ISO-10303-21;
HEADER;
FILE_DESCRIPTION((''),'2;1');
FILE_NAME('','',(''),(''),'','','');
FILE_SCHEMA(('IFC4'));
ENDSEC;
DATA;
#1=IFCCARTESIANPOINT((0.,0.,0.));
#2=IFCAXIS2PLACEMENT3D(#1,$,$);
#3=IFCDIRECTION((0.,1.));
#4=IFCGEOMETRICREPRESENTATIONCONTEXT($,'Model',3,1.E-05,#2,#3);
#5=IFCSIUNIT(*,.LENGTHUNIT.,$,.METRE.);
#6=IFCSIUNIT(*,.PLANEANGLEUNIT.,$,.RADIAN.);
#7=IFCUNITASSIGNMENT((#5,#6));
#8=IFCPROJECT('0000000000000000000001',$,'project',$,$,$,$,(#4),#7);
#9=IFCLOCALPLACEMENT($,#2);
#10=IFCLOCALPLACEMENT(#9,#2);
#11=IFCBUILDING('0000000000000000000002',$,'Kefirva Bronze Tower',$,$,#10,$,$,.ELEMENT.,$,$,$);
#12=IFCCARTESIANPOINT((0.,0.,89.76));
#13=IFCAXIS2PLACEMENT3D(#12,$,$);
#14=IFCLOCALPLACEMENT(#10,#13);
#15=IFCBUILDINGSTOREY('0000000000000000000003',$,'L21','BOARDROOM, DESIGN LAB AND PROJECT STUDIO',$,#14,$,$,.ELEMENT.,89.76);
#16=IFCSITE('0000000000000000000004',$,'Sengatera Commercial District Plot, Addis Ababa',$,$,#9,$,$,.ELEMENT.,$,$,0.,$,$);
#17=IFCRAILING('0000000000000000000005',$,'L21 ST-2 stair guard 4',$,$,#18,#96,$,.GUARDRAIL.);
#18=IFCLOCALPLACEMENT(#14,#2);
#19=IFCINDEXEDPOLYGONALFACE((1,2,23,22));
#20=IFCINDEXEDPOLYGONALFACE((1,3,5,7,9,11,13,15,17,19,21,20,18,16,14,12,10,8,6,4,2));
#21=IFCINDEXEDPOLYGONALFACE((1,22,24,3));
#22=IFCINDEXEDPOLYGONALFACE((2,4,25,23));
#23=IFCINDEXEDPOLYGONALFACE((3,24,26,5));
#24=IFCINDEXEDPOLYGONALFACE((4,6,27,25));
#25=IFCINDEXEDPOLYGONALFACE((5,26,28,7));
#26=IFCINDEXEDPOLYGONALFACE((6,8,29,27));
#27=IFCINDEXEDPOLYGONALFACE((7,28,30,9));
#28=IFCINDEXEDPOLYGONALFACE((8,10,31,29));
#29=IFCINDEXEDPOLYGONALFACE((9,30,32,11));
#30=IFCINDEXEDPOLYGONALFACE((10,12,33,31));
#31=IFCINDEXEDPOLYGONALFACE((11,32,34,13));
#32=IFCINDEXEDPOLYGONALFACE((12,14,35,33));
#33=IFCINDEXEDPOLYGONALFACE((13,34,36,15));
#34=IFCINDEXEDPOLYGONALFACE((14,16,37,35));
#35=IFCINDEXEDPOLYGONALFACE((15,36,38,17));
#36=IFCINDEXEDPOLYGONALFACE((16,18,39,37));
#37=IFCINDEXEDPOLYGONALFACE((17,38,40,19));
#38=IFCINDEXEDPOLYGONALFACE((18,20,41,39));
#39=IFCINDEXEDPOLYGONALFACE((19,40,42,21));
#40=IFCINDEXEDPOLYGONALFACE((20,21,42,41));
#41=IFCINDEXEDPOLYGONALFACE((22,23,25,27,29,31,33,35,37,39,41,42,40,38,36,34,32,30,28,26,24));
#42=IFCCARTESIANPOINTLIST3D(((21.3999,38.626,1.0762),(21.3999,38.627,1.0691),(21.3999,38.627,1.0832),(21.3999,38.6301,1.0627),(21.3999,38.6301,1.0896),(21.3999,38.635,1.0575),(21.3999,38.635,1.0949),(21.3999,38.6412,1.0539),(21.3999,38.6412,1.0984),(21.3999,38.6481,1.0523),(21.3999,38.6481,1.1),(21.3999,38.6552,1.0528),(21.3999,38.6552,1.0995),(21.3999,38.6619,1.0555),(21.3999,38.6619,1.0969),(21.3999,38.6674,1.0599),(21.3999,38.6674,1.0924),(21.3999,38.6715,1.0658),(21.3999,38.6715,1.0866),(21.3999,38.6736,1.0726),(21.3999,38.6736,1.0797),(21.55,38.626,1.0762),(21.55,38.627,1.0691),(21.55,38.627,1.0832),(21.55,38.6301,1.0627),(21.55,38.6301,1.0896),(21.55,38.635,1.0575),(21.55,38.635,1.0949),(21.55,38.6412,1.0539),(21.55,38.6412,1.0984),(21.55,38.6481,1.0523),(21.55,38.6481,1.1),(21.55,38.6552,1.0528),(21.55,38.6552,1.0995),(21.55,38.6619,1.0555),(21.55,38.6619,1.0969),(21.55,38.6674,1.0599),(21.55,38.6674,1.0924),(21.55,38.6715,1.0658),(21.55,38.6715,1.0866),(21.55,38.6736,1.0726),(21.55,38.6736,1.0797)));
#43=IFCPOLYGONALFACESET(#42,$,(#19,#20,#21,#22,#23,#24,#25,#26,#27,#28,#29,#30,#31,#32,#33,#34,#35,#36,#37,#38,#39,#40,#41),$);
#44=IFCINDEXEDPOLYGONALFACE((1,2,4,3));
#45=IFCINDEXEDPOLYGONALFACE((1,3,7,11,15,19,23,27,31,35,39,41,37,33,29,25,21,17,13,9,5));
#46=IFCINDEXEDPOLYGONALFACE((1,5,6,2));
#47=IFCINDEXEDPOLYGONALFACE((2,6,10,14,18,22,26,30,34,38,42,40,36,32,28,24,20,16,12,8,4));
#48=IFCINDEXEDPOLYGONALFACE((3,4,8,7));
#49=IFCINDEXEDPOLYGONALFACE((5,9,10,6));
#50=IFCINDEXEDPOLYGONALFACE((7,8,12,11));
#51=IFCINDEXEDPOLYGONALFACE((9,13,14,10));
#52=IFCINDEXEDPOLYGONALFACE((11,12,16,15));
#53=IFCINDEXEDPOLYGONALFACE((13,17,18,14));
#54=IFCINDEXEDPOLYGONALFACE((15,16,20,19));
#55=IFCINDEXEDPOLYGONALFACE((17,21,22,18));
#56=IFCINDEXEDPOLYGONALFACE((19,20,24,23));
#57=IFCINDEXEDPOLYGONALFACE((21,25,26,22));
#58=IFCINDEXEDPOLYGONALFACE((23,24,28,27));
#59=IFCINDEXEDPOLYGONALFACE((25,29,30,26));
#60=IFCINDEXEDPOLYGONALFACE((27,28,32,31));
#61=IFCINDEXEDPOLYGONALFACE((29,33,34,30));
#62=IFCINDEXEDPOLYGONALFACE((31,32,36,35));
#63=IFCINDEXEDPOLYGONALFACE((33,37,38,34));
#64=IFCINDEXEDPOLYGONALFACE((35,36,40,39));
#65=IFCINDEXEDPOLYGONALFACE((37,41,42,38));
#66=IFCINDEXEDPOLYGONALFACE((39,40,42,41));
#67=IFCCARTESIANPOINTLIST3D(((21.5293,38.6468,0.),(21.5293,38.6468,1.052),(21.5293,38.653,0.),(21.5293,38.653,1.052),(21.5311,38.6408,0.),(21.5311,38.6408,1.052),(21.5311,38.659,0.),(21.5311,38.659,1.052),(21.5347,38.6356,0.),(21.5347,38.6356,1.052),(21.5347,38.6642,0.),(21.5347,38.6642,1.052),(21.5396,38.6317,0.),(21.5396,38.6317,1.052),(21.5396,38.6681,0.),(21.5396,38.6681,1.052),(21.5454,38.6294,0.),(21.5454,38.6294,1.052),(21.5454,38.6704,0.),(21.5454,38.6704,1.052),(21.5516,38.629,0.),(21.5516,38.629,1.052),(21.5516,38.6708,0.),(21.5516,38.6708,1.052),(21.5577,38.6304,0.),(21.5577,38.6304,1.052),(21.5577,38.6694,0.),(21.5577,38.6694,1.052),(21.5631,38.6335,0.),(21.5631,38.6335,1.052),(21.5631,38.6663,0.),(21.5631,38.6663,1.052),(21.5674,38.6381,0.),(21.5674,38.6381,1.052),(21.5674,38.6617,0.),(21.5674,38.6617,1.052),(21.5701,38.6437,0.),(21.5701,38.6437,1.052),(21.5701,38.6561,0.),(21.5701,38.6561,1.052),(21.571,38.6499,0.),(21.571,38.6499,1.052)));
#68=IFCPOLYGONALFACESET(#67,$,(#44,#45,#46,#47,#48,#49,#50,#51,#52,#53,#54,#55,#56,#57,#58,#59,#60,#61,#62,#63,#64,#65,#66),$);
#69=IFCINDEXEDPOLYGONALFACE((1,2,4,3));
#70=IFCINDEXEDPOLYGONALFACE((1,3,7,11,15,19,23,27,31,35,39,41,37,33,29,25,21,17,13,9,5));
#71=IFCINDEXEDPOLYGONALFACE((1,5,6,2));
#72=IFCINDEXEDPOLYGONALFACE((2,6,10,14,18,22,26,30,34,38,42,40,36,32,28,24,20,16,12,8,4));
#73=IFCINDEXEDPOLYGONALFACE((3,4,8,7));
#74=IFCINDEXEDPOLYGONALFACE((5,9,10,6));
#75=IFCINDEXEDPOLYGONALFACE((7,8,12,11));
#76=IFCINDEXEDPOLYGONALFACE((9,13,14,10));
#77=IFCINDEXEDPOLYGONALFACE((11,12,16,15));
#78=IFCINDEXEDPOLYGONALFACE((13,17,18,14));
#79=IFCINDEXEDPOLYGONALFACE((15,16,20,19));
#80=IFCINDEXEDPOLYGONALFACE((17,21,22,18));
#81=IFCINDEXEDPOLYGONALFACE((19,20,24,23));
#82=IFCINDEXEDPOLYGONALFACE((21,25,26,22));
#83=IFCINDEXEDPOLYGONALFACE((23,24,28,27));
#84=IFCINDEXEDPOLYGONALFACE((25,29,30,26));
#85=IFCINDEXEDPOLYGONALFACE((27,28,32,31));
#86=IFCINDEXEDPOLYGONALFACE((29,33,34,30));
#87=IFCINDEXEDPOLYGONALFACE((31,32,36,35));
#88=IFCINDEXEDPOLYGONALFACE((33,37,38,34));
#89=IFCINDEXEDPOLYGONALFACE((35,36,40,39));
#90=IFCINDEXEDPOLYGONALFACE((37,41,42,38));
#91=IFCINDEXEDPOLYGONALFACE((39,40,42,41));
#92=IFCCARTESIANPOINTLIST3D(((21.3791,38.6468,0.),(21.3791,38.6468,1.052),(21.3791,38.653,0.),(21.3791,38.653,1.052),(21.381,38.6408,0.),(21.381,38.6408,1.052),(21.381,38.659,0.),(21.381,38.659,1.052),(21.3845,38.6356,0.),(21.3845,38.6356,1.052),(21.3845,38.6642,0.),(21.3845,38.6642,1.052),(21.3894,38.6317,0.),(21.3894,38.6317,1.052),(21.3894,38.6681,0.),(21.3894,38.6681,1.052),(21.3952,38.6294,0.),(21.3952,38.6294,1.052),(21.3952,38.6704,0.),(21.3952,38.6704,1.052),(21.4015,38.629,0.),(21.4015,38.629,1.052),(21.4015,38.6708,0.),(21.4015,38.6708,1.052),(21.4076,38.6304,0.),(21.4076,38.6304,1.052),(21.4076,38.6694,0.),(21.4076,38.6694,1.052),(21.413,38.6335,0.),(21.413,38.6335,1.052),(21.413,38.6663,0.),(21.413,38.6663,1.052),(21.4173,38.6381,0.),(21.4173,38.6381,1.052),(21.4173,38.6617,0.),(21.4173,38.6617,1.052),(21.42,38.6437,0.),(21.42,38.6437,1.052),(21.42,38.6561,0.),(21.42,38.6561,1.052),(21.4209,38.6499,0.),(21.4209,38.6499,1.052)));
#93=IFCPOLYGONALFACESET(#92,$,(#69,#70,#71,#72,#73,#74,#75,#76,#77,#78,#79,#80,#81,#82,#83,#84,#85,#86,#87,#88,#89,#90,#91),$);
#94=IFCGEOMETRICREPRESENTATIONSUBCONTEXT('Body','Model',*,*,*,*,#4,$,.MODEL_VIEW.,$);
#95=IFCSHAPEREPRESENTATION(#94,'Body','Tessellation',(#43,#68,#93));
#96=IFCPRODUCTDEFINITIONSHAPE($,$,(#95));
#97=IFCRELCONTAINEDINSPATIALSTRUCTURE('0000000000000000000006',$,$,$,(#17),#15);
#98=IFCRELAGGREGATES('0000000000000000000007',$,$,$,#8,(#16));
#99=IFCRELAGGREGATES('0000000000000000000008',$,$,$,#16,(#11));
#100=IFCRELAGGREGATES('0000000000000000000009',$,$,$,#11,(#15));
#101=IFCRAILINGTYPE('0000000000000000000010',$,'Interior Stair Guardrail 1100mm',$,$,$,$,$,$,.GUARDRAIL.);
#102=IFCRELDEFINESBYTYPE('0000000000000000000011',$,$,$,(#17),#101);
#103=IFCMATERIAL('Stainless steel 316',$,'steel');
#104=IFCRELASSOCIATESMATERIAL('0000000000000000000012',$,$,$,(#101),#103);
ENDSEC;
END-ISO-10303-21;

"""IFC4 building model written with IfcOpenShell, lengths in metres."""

from ifc_helpers import new_model, si_unit, direction, frame, origin, origin_2d, place, context, subcontext, project, spatial, circle, extrude, material, type_object, element, save


model = new_model("IFC4")

# Units and contexts
model_context = context("Model", 3, precision=1e-05, world=origin(), true_north=direction((0.0, 1.0)))
body_context = subcontext(model_context, "Body", "Model", "MODEL_VIEW")
ifc_project = project(units=[si_unit("LENGTHUNIT", "METRE"), si_unit("PLANEANGLEUNIT", "RADIAN")], contexts=[model_context])

# Site, building, storey
site_placement = place(None, origin())
site = spatial("IfcSite", under=ifc_project, at=site_placement, Name="Sengatera Commercial District Plot, Addis Ababa", CompositionType="ELEMENT", RefElevation=0.0)
building_placement = place(site_placement, origin())
building = spatial("IfcBuilding", under=site, at=building_placement, Name="Kefirva Bronze Tower", CompositionType="ELEMENT")
storey_placement = place(building_placement, frame((0.0, 0.0, 89.76)))
storey = spatial("IfcBuildingStorey", under=building, at=storey_placement, Name="L21", Description="BOARDROOM, DESIGN LAB AND PROJECT STUDIO", CompositionType="ELEMENT", Elevation=89.76)

# Railing
ifc_material_1 = material(Name="Stainless steel 316", Category="steel")
railing_type = type_object("IfcRailingType", Name="Interior Stair Guardrail 1100mm", PredefinedType="GUARDRAIL", material=ifc_material_1)
railing_placement = place(storey_placement, frame((21.55, 38.6499, 0.0)))
element("IfcRailing", 1, at=railing_placement, inside=storey, type_object=railing_type, Name="L21 ST-2 stair guard 4", PredefinedType="GUARDRAIL", context=body_context, shape_type="SweptSolid", body=[
    extrude(circle(Radius=0.0239, at=origin_2d()), frame((0.0, 0.0, 1.0762), z_axis=(-1.0, 0.0, 0.0), x_axis=(0.0, -1.0, 0.0)), (0.0, 0.0, 1.0), 0.1501),
    extrude(circle(Radius=0.021, at=origin_2d()), origin(), (0.0, 0.0, 1.0), 1.052),
    extrude(circle(Radius=0.021, at=origin_2d()), frame((-0.1501, 0.0, 0.0)), (0.0, 0.0, 1.0), 1.052),
])

save(model, "model.ifc")
